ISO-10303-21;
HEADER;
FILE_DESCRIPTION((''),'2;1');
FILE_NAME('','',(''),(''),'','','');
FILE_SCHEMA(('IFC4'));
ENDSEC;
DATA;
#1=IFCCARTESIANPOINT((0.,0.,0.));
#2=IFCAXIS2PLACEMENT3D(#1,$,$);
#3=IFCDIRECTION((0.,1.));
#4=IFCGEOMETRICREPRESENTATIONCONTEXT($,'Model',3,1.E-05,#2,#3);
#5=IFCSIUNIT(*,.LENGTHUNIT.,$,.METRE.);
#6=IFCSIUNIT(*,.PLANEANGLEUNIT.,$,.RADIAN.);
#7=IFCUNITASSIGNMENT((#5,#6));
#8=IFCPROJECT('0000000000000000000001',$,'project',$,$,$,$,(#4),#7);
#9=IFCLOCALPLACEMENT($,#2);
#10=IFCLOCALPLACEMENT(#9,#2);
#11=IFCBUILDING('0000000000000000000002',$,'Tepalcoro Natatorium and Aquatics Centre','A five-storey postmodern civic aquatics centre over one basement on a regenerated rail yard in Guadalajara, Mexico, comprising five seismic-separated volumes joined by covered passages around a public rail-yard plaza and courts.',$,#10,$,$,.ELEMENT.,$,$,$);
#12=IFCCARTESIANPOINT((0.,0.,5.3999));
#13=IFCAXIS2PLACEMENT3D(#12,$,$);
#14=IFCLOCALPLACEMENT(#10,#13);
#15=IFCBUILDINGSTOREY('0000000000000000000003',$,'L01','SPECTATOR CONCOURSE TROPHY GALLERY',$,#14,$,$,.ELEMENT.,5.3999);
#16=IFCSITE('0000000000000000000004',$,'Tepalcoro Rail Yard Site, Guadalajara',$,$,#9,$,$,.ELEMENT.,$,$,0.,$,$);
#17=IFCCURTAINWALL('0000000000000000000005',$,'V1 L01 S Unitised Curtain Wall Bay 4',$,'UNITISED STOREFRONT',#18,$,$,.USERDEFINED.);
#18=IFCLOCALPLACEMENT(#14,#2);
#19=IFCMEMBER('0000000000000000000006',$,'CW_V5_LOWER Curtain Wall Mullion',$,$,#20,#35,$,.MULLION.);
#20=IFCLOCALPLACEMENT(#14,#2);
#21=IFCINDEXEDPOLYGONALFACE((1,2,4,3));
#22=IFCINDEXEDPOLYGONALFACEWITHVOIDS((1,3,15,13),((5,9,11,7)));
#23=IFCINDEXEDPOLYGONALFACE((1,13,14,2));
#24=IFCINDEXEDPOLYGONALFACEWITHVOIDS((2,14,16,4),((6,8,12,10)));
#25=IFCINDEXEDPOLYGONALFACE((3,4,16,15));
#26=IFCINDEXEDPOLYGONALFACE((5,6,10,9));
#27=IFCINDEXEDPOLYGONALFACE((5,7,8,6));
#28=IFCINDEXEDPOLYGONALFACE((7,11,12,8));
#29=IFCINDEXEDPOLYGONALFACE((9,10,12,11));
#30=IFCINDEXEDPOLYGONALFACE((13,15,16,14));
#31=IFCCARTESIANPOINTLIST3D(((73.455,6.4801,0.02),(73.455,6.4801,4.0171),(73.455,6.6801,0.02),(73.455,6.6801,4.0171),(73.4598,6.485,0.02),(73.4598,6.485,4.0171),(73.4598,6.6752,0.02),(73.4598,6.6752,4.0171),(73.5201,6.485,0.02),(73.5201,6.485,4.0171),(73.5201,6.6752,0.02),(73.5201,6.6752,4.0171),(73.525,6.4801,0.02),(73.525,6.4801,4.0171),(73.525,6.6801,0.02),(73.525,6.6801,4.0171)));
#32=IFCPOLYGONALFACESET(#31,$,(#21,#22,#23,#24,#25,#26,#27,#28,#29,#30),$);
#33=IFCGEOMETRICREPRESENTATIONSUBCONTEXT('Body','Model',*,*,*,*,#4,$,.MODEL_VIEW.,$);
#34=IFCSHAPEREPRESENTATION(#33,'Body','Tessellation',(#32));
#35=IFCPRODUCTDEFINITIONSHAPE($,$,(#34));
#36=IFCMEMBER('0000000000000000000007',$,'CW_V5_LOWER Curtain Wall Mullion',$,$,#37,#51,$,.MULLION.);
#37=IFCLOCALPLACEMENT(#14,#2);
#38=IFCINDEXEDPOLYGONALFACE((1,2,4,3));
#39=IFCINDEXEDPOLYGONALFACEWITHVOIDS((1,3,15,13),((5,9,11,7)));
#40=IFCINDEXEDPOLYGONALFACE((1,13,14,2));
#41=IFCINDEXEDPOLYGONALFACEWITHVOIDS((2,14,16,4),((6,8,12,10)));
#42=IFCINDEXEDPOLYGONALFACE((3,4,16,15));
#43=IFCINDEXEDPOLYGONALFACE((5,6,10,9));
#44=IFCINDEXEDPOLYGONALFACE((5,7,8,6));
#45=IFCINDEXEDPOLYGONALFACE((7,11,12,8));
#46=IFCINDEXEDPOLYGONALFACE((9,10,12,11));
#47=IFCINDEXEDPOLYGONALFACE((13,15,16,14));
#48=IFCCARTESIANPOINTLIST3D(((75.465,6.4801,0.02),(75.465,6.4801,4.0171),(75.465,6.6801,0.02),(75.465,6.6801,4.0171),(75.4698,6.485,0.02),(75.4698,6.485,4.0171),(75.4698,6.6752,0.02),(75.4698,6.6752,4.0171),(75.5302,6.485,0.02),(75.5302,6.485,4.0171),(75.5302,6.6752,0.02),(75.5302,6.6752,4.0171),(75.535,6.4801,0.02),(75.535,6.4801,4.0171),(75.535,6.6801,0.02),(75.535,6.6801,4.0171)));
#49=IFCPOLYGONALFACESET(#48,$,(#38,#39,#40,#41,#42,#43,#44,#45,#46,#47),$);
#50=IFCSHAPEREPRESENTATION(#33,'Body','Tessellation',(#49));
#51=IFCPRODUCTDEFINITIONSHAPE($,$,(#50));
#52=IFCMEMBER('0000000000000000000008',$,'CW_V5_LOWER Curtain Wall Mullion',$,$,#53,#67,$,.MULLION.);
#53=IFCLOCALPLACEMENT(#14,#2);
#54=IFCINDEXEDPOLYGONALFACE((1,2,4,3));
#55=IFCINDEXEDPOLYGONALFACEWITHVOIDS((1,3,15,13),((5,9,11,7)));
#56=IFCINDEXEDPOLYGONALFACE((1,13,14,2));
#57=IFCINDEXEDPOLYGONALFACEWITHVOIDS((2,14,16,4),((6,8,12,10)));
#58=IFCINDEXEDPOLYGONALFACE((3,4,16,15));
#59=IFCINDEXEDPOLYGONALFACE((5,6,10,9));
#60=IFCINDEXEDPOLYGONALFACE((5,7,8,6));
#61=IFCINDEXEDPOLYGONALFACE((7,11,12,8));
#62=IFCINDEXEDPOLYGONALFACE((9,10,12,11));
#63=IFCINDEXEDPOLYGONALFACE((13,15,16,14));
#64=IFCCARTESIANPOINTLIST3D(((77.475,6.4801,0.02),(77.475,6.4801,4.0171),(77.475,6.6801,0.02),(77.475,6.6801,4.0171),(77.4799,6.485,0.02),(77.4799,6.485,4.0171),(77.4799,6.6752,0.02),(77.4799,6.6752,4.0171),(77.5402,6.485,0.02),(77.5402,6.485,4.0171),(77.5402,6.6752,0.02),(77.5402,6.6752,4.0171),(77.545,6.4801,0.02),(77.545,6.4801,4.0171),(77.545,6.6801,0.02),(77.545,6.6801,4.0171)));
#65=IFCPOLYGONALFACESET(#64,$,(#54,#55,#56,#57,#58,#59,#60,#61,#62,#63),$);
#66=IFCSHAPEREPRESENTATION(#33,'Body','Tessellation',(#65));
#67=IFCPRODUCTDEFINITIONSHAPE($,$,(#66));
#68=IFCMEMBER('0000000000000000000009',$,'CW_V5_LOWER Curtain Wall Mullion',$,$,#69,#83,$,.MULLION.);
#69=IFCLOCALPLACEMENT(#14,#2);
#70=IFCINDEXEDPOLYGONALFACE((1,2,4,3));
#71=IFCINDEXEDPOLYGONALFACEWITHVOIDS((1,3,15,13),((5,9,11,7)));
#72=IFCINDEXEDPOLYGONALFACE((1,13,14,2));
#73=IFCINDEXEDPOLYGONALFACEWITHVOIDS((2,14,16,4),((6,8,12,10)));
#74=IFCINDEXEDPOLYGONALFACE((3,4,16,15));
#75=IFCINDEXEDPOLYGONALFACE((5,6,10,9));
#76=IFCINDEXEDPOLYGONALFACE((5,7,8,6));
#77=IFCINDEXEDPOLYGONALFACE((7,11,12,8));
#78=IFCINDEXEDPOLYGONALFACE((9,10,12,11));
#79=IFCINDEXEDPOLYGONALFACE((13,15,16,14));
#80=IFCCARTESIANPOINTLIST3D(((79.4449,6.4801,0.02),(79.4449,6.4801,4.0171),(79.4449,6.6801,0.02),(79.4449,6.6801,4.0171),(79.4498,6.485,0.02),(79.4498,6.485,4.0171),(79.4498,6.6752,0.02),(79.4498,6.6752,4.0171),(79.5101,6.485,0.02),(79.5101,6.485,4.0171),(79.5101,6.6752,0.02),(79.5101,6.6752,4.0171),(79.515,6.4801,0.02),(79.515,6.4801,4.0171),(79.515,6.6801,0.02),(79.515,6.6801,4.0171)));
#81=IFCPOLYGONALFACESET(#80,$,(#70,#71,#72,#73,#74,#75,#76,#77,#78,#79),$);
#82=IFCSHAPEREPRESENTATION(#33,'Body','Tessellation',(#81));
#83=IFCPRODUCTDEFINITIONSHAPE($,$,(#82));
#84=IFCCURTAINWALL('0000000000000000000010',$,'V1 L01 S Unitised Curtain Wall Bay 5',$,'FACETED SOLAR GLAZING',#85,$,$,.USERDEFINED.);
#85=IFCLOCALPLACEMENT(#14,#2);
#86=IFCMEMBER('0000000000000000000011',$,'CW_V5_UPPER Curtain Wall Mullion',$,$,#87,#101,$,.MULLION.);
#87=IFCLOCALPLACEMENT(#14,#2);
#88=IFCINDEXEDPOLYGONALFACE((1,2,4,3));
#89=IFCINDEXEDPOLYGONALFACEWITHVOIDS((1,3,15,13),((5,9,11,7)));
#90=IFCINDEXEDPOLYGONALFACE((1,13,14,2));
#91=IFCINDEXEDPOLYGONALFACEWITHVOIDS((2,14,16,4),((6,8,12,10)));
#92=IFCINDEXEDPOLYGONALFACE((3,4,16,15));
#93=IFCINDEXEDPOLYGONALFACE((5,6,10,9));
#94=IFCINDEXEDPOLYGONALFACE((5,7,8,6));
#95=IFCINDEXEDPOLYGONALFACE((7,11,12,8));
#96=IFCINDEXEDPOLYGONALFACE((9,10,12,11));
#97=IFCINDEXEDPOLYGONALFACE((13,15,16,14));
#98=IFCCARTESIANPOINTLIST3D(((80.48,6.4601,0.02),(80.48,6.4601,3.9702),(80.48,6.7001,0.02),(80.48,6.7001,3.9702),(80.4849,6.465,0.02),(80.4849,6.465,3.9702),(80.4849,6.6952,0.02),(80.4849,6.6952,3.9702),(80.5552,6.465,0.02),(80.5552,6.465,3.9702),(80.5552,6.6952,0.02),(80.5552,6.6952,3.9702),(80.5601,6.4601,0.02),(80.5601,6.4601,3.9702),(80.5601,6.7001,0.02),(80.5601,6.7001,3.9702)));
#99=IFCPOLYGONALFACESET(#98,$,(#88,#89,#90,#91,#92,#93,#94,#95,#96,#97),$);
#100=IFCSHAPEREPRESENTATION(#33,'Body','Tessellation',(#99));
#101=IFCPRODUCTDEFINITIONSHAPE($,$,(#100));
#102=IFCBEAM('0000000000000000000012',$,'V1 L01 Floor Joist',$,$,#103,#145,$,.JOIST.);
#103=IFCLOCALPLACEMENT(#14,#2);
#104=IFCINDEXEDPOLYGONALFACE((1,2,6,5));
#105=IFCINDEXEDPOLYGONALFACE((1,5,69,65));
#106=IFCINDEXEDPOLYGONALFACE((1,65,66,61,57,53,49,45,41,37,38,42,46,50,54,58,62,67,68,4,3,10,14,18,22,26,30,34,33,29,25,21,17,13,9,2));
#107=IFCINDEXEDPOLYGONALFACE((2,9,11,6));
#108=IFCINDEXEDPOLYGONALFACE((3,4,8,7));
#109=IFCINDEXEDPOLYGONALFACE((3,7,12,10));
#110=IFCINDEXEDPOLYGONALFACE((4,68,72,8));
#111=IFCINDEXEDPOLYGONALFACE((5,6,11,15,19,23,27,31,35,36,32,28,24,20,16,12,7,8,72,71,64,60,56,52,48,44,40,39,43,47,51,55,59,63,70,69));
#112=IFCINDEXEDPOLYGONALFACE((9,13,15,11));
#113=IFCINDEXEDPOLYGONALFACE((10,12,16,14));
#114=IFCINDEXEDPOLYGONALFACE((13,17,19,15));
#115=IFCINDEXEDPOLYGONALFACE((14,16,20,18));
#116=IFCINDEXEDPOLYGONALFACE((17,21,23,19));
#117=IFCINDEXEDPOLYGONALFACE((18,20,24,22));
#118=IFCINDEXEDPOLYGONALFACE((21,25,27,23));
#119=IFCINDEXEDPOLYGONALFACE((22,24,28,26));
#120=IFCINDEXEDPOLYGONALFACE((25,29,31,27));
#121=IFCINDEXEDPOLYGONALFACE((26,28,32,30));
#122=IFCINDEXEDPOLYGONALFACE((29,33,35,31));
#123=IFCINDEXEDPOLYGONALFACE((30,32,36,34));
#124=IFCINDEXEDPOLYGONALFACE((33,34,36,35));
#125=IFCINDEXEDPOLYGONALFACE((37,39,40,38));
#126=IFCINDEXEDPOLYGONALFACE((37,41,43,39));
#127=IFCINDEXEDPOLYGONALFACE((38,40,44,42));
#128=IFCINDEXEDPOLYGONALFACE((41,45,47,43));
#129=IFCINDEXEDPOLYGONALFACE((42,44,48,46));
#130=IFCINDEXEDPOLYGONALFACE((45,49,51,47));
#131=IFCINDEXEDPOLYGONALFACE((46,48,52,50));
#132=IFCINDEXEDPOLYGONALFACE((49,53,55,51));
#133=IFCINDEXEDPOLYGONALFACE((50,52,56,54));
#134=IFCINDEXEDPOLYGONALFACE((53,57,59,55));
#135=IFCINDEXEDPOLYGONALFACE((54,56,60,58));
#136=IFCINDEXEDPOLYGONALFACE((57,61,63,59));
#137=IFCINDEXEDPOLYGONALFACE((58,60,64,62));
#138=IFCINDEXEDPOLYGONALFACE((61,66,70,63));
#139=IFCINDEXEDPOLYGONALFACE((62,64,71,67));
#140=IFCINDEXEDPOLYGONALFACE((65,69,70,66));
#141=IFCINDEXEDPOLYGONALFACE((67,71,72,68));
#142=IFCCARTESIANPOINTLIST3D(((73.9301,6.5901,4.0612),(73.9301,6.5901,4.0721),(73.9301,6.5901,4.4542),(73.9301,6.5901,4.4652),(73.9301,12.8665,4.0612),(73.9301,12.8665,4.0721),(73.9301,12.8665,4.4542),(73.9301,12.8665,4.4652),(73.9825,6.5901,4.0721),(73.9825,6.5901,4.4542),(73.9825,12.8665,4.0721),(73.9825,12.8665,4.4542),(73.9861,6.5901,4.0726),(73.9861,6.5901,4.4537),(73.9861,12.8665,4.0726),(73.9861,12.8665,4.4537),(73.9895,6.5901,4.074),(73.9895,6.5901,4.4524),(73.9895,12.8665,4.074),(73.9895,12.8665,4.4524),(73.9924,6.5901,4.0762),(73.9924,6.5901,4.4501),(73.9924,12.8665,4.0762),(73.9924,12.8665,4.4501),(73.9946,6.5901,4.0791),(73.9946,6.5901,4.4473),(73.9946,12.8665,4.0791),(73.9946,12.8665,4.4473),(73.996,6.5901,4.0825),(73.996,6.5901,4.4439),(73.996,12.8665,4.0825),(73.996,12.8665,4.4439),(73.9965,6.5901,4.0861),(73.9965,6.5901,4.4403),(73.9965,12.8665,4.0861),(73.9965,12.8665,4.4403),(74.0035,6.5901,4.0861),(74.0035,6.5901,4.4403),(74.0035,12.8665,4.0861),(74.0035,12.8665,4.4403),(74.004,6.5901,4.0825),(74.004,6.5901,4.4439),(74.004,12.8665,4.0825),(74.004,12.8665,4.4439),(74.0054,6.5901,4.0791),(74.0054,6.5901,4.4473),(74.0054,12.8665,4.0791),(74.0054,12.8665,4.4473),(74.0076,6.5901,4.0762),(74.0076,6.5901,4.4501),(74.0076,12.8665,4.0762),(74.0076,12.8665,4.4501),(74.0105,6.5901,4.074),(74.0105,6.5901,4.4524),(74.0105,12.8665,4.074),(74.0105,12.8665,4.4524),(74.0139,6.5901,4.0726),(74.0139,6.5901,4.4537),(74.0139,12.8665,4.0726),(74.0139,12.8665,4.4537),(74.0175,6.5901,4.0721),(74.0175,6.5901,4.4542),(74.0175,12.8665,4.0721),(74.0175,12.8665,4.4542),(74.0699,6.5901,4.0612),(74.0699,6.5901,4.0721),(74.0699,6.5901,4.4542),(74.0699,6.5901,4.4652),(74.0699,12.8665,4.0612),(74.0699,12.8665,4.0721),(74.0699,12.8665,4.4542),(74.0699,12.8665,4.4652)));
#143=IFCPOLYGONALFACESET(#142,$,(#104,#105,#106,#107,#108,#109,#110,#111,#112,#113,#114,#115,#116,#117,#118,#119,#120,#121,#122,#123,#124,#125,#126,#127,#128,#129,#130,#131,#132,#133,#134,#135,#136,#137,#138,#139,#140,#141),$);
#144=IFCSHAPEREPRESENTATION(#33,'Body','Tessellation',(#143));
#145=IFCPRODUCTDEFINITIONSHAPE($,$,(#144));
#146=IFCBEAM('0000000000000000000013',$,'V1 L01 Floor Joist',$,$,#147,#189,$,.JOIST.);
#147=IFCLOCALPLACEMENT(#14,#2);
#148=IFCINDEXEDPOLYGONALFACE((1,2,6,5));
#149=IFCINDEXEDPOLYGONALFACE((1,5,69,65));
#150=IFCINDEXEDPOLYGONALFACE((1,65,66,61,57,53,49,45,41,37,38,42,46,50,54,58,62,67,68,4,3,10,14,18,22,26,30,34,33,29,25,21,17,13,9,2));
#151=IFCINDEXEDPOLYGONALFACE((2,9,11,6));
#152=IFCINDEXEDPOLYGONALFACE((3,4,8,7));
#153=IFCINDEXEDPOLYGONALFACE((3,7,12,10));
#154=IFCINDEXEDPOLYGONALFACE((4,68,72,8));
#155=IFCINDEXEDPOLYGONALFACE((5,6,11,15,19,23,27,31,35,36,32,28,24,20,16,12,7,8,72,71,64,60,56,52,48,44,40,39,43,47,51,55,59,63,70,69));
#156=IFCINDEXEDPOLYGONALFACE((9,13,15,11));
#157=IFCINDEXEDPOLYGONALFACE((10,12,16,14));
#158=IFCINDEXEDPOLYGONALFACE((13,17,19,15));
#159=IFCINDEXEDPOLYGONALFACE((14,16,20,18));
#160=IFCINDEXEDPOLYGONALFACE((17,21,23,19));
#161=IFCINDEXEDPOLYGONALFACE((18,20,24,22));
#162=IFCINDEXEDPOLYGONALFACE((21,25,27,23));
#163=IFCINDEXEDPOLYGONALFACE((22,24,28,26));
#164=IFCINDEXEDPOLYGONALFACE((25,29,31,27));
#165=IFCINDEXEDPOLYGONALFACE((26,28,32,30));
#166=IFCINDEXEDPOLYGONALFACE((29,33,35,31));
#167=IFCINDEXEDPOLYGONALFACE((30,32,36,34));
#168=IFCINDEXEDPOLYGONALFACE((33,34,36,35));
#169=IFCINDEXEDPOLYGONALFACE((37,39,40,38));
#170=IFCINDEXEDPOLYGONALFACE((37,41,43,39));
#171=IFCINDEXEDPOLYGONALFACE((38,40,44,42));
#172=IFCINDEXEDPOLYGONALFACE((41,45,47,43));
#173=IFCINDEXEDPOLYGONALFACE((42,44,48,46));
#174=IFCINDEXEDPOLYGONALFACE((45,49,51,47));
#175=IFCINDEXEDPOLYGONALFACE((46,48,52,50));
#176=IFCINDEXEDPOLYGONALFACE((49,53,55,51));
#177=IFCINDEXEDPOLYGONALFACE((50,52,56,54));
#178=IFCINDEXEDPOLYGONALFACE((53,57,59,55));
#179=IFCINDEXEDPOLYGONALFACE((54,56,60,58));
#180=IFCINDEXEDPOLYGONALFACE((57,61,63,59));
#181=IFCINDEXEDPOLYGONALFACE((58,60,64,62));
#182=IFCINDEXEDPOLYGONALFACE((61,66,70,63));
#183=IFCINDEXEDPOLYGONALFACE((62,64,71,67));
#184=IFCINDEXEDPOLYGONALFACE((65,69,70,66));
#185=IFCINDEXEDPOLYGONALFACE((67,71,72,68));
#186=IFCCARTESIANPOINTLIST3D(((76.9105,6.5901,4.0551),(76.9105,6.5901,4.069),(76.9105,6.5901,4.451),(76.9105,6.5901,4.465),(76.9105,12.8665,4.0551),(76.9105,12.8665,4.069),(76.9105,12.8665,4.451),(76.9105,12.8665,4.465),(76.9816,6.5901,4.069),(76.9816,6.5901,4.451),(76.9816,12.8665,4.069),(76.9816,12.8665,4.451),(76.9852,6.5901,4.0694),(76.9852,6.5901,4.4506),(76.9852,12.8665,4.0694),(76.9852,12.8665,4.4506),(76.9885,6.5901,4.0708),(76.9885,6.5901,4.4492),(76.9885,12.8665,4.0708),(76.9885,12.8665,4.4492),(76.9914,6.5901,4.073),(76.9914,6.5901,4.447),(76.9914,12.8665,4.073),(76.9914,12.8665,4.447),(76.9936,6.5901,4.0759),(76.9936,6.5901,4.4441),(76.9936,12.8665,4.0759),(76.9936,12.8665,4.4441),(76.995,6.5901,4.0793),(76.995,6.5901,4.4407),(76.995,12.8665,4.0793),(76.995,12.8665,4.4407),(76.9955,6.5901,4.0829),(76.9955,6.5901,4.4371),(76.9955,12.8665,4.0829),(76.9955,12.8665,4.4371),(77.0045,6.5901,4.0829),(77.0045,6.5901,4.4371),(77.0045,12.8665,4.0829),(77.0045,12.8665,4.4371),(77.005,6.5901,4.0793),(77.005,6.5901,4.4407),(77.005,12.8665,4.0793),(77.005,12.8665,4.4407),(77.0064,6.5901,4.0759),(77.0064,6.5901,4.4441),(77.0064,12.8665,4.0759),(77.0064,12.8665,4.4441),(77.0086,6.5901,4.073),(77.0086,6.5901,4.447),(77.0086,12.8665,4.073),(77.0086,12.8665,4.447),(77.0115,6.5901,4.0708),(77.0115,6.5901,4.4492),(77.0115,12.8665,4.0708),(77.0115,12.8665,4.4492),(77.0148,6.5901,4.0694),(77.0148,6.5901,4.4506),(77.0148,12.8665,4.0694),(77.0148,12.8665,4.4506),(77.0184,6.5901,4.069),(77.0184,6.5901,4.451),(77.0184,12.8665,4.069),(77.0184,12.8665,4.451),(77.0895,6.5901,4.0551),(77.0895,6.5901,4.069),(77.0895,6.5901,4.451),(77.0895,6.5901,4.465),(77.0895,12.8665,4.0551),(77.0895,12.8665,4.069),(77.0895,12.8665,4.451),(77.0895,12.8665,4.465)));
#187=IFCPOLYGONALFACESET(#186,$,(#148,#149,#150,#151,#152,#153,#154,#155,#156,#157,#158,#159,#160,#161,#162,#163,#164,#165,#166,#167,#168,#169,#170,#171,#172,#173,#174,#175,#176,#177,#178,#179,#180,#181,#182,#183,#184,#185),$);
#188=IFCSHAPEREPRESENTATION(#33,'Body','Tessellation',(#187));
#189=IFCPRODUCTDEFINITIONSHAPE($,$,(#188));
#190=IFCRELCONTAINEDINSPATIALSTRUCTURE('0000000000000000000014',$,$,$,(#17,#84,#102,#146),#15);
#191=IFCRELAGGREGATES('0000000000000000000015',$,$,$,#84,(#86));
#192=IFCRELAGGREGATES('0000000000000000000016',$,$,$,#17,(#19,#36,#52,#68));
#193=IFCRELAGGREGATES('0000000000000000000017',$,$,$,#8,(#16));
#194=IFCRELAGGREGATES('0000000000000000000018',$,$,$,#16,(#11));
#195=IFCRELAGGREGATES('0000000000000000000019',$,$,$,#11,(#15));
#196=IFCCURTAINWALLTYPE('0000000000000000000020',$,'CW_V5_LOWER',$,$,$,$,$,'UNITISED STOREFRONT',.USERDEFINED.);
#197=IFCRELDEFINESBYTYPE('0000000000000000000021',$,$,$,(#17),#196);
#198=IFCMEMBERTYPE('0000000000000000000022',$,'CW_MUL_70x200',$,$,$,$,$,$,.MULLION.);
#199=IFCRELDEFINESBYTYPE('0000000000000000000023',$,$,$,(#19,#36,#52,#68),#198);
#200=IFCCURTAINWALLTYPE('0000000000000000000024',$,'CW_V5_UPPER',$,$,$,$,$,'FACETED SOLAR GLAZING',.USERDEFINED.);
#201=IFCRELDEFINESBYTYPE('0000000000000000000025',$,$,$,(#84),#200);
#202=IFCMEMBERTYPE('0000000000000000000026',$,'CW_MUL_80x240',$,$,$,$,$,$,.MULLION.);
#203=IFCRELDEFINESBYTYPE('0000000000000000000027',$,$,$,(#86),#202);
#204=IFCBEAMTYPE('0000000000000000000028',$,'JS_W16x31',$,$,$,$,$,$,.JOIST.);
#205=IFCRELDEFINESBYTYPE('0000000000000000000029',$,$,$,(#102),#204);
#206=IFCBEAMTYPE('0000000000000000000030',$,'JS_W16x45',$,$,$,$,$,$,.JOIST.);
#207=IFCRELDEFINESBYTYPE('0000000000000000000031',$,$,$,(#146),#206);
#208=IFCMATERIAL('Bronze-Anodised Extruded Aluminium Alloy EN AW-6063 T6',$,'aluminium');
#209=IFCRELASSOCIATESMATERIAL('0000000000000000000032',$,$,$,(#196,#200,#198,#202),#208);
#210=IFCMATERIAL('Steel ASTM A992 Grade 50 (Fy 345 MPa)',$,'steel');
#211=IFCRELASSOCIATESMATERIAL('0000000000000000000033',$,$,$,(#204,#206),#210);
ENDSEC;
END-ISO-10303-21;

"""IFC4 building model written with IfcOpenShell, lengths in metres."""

from ifc_helpers import new_model, si_unit, direction, frame, origin, origin_2d, place, context, subcontext, project, spatial, hollow_rectangle, i_section, extrude, material, material_profile, profile_set, type_object, element, aggregate, save


model = new_model("IFC4")

# Units and contexts
model_context = context("Model", 3, precision=1e-05, world=origin(), true_north=direction((0.0, 1.0)))
body_context = subcontext(model_context, "Body", "Model", "MODEL_VIEW")
ifc_project = project(units=[si_unit("LENGTHUNIT", "METRE"), si_unit("PLANEANGLEUNIT", "RADIAN")], contexts=[model_context])

# Site, building, storey
site_placement = place(None, origin())
site = spatial("IfcSite", under=ifc_project, at=site_placement, Name="Tepalcoro Rail Yard Site, Guadalajara", CompositionType="ELEMENT", RefElevation=0.0)
building_placement = place(site_placement, origin())
building = spatial("IfcBuilding", under=site, at=building_placement, Name="Tepalcoro Natatorium and Aquatics Centre", Description="A five-storey postmodern civic aquatics centre over one basement on a regenerated rail yard in Guadalajara, Mexico, comprising five seismic-separated volumes joined by covered passages around a public rail-yard plaza and courts.", CompositionType="ELEMENT")
storey_placement = place(building_placement, frame((0.0, 0.0, 5.3999)))
storey = spatial("IfcBuildingStorey", under=building, at=storey_placement, Name="L01", Description="SPECTATOR CONCOURSE TROPHY GALLERY", CompositionType="ELEMENT", Elevation=5.3999)

# Shared definitions
ifc_material_1 = material(Name="Steel ASTM A992 Grade 50 (Fy 345 MPa)", Category="steel")

# Curtain wall, members
ifc_material_2 = material(Name="Bronze-Anodised Extruded Aluminium Alloy EN AW-6063 T6", Category="aluminium")
curtain_wall_type_1 = type_object("IfcCurtainWallType", Name="CW_V5_LOWER", ElementType="UNITISED STOREFRONT", PredefinedType="USERDEFINED", material=ifc_material_2)
curtain_wall_1_placement = place(storey_placement, origin())
curtain_wall_1 = element("IfcCurtainWall", 1, at=curtain_wall_1_placement, inside=storey, type_object=curtain_wall_type_1, Name="V1 L01 S Unitised Curtain Wall Bay 4", ObjectType="UNITISED STOREFRONT", PredefinedType="USERDEFINED")
ifc_material_profile_1 = material_profile(ifc_material_2, hollow_rectangle(XDim=0.0701, YDim=0.2, WallThickness=0.0049, at=origin_2d()), Name="AL70X200X5")
ifc_profile_set_1 = profile_set([ifc_material_profile_1], Name="Bronze-Anodised Extruded Aluminium Alloy EN AW-6063 T6")
member_type_1 = type_object("IfcMemberType", Name="CW_MUL_70x200", PredefinedType="MULLION", material=ifc_profile_set_1)
member_1_placement = place(storey_placement, frame((73.49, 6.5801, 0.02), z_axis=(0.0, 0.0, 1.0), x_axis=(1.0, 0.0, 0.0)))
member_1 = element("IfcMember", 2, at=member_1_placement, type_object=member_type_1, Name="CW_V5_LOWER Curtain Wall Mullion", PredefinedType="MULLION", context=body_context, shape_type="SweptSolid", body=[
    extrude(hollow_rectangle(XDim=0.0701, YDim=0.2, WallThickness=0.0049, at=origin_2d()), origin(), (0.0, 0.0, 1.0), 3.9971),
])
member_2_placement = place(storey_placement, frame((75.5, 6.5801, 0.02), z_axis=(0.0, 0.0, 1.0), x_axis=(1.0, 0.0, 0.0)))
member_2 = element("IfcMember", 3, at=member_2_placement, type_object=member_type_1, Name="CW_V5_LOWER Curtain Wall Mullion", PredefinedType="MULLION", context=body_context, shape_type="SweptSolid", body=[
    extrude(hollow_rectangle(XDim=0.0701, YDim=0.2, WallThickness=0.0049, at=origin_2d()), origin(), (0.0, 0.0, 1.0), 3.9971),
])
member_3_placement = place(storey_placement, frame((77.51, 6.5801, 0.02), z_axis=(0.0, 0.0, 1.0), x_axis=(1.0, 0.0, 0.0)))
member_3 = element("IfcMember", 4, at=member_3_placement, type_object=member_type_1, Name="CW_V5_LOWER Curtain Wall Mullion", PredefinedType="MULLION", context=body_context, shape_type="SweptSolid", body=[
    extrude(hollow_rectangle(XDim=0.0701, YDim=0.2, WallThickness=0.0049, at=origin_2d()), origin(), (0.0, 0.0, 1.0), 3.9971),
])
member_4_placement = place(storey_placement, frame((79.48, 6.5801, 0.02), z_axis=(0.0, 0.0, 1.0), x_axis=(1.0, 0.0, 0.0)))
member_4 = element("IfcMember", 5, at=member_4_placement, type_object=member_type_1, Name="CW_V5_LOWER Curtain Wall Mullion", PredefinedType="MULLION", context=body_context, shape_type="SweptSolid", body=[
    extrude(hollow_rectangle(XDim=0.0701, YDim=0.2, WallThickness=0.0049, at=origin_2d()), origin(), (0.0, 0.0, 1.0), 3.9971),
])

# Curtain wall, member
curtain_wall_type_2 = type_object("IfcCurtainWallType", Name="CW_V5_UPPER", ElementType="FACETED SOLAR GLAZING", PredefinedType="USERDEFINED", material=ifc_material_2)
curtain_wall_2_placement = place(storey_placement, origin())
curtain_wall_2 = element("IfcCurtainWall", 6, at=curtain_wall_2_placement, inside=storey, type_object=curtain_wall_type_2, Name="V1 L01 S Unitised Curtain Wall Bay 5", ObjectType="FACETED SOLAR GLAZING", PredefinedType="USERDEFINED")
ifc_material_profile_2 = material_profile(ifc_material_2, hollow_rectangle(XDim=0.0801, YDim=0.24, WallThickness=0.0049, at=origin_2d()), Name="AL80X240X5")
ifc_profile_set_2 = profile_set([ifc_material_profile_2], Name="Bronze-Anodised Extruded Aluminium Alloy EN AW-6063 T6")
member_type_2 = type_object("IfcMemberType", Name="CW_MUL_80x240", PredefinedType="MULLION", material=ifc_profile_set_2)
member_5_placement = place(storey_placement, frame((80.52, 6.5801, 0.02), z_axis=(0.0, 0.0, 1.0), x_axis=(1.0, 0.0, 0.0)))
member_5 = element("IfcMember", 7, at=member_5_placement, type_object=member_type_2, Name="CW_V5_UPPER Curtain Wall Mullion", PredefinedType="MULLION", context=body_context, shape_type="SweptSolid", body=[
    extrude(hollow_rectangle(XDim=0.0801, YDim=0.24, WallThickness=0.0049, at=origin_2d()), origin(), (0.0, 0.0, 1.0), 3.9502),
])
aggregate(curtain_wall_2, [member_5])

# Beams
ifc_material_profile_3 = material_profile(ifc_material_1, i_section(OverallWidth=0.1399, OverallDepth=0.4041, WebThickness=0.0071, FlangeThickness=0.011, FilletRadius=0.0139, at=origin_2d()), Name="W16X31")
ifc_profile_set_3 = profile_set([ifc_material_profile_3], Name="Steel ASTM A992 Grade 50 (Fy 345 MPa)")
beam_type_1 = type_object("IfcBeamType", Name="JS_W16x31", PredefinedType="JOIST", material=ifc_profile_set_3)
beam_1_placement = place(storey_placement, frame((74.0, 6.5901, 4.2632), z_axis=(0.0, 1.0, 0.0), x_axis=(-1.0, 0.0, 0.0)))
element("IfcBeam", 8, at=beam_1_placement, inside=storey, type_object=beam_type_1, Name="V1 L01 Floor Joist", PredefinedType="JOIST", context=body_context, shape_type="SweptSolid", body=[
    extrude(i_section(OverallWidth=0.1399, OverallDepth=0.4041, WebThickness=0.0071, FlangeThickness=0.011, FilletRadius=0.0139, at=origin_2d()), origin(), (0.0, 0.0, 1.0), 6.2764),
])
ifc_material_profile_4 = material_profile(ifc_material_1, i_section(OverallWidth=0.179, OverallDepth=0.4099, WebThickness=0.009, FlangeThickness=0.0139, FilletRadius=0.0139, at=origin_2d()), Name="W16X45")
ifc_profile_set_4 = profile_set([ifc_material_profile_4], Name="Steel ASTM A992 Grade 50 (Fy 345 MPa)")
beam_type_2 = type_object("IfcBeamType", Name="JS_W16x45", PredefinedType="JOIST", material=ifc_profile_set_4)
beam_2_placement = place(storey_placement, frame((77.0, 6.5901, 4.26), z_axis=(0.0, 1.0, 0.0), x_axis=(-1.0, 0.0, 0.0)))
element("IfcBeam", 9, at=beam_2_placement, inside=storey, type_object=beam_type_2, Name="V1 L01 Floor Joist", PredefinedType="JOIST", context=body_context, shape_type="SweptSolid", body=[
    extrude(i_section(OverallWidth=0.179, OverallDepth=0.4099, WebThickness=0.009, FlangeThickness=0.0139, FilletRadius=0.0139, at=origin_2d()), origin(), (0.0, 0.0, 1.0), 6.2764),
])

aggregate(curtain_wall_1, [member_1, member_2, member_3, member_4])

save(model, "model.ifc")
